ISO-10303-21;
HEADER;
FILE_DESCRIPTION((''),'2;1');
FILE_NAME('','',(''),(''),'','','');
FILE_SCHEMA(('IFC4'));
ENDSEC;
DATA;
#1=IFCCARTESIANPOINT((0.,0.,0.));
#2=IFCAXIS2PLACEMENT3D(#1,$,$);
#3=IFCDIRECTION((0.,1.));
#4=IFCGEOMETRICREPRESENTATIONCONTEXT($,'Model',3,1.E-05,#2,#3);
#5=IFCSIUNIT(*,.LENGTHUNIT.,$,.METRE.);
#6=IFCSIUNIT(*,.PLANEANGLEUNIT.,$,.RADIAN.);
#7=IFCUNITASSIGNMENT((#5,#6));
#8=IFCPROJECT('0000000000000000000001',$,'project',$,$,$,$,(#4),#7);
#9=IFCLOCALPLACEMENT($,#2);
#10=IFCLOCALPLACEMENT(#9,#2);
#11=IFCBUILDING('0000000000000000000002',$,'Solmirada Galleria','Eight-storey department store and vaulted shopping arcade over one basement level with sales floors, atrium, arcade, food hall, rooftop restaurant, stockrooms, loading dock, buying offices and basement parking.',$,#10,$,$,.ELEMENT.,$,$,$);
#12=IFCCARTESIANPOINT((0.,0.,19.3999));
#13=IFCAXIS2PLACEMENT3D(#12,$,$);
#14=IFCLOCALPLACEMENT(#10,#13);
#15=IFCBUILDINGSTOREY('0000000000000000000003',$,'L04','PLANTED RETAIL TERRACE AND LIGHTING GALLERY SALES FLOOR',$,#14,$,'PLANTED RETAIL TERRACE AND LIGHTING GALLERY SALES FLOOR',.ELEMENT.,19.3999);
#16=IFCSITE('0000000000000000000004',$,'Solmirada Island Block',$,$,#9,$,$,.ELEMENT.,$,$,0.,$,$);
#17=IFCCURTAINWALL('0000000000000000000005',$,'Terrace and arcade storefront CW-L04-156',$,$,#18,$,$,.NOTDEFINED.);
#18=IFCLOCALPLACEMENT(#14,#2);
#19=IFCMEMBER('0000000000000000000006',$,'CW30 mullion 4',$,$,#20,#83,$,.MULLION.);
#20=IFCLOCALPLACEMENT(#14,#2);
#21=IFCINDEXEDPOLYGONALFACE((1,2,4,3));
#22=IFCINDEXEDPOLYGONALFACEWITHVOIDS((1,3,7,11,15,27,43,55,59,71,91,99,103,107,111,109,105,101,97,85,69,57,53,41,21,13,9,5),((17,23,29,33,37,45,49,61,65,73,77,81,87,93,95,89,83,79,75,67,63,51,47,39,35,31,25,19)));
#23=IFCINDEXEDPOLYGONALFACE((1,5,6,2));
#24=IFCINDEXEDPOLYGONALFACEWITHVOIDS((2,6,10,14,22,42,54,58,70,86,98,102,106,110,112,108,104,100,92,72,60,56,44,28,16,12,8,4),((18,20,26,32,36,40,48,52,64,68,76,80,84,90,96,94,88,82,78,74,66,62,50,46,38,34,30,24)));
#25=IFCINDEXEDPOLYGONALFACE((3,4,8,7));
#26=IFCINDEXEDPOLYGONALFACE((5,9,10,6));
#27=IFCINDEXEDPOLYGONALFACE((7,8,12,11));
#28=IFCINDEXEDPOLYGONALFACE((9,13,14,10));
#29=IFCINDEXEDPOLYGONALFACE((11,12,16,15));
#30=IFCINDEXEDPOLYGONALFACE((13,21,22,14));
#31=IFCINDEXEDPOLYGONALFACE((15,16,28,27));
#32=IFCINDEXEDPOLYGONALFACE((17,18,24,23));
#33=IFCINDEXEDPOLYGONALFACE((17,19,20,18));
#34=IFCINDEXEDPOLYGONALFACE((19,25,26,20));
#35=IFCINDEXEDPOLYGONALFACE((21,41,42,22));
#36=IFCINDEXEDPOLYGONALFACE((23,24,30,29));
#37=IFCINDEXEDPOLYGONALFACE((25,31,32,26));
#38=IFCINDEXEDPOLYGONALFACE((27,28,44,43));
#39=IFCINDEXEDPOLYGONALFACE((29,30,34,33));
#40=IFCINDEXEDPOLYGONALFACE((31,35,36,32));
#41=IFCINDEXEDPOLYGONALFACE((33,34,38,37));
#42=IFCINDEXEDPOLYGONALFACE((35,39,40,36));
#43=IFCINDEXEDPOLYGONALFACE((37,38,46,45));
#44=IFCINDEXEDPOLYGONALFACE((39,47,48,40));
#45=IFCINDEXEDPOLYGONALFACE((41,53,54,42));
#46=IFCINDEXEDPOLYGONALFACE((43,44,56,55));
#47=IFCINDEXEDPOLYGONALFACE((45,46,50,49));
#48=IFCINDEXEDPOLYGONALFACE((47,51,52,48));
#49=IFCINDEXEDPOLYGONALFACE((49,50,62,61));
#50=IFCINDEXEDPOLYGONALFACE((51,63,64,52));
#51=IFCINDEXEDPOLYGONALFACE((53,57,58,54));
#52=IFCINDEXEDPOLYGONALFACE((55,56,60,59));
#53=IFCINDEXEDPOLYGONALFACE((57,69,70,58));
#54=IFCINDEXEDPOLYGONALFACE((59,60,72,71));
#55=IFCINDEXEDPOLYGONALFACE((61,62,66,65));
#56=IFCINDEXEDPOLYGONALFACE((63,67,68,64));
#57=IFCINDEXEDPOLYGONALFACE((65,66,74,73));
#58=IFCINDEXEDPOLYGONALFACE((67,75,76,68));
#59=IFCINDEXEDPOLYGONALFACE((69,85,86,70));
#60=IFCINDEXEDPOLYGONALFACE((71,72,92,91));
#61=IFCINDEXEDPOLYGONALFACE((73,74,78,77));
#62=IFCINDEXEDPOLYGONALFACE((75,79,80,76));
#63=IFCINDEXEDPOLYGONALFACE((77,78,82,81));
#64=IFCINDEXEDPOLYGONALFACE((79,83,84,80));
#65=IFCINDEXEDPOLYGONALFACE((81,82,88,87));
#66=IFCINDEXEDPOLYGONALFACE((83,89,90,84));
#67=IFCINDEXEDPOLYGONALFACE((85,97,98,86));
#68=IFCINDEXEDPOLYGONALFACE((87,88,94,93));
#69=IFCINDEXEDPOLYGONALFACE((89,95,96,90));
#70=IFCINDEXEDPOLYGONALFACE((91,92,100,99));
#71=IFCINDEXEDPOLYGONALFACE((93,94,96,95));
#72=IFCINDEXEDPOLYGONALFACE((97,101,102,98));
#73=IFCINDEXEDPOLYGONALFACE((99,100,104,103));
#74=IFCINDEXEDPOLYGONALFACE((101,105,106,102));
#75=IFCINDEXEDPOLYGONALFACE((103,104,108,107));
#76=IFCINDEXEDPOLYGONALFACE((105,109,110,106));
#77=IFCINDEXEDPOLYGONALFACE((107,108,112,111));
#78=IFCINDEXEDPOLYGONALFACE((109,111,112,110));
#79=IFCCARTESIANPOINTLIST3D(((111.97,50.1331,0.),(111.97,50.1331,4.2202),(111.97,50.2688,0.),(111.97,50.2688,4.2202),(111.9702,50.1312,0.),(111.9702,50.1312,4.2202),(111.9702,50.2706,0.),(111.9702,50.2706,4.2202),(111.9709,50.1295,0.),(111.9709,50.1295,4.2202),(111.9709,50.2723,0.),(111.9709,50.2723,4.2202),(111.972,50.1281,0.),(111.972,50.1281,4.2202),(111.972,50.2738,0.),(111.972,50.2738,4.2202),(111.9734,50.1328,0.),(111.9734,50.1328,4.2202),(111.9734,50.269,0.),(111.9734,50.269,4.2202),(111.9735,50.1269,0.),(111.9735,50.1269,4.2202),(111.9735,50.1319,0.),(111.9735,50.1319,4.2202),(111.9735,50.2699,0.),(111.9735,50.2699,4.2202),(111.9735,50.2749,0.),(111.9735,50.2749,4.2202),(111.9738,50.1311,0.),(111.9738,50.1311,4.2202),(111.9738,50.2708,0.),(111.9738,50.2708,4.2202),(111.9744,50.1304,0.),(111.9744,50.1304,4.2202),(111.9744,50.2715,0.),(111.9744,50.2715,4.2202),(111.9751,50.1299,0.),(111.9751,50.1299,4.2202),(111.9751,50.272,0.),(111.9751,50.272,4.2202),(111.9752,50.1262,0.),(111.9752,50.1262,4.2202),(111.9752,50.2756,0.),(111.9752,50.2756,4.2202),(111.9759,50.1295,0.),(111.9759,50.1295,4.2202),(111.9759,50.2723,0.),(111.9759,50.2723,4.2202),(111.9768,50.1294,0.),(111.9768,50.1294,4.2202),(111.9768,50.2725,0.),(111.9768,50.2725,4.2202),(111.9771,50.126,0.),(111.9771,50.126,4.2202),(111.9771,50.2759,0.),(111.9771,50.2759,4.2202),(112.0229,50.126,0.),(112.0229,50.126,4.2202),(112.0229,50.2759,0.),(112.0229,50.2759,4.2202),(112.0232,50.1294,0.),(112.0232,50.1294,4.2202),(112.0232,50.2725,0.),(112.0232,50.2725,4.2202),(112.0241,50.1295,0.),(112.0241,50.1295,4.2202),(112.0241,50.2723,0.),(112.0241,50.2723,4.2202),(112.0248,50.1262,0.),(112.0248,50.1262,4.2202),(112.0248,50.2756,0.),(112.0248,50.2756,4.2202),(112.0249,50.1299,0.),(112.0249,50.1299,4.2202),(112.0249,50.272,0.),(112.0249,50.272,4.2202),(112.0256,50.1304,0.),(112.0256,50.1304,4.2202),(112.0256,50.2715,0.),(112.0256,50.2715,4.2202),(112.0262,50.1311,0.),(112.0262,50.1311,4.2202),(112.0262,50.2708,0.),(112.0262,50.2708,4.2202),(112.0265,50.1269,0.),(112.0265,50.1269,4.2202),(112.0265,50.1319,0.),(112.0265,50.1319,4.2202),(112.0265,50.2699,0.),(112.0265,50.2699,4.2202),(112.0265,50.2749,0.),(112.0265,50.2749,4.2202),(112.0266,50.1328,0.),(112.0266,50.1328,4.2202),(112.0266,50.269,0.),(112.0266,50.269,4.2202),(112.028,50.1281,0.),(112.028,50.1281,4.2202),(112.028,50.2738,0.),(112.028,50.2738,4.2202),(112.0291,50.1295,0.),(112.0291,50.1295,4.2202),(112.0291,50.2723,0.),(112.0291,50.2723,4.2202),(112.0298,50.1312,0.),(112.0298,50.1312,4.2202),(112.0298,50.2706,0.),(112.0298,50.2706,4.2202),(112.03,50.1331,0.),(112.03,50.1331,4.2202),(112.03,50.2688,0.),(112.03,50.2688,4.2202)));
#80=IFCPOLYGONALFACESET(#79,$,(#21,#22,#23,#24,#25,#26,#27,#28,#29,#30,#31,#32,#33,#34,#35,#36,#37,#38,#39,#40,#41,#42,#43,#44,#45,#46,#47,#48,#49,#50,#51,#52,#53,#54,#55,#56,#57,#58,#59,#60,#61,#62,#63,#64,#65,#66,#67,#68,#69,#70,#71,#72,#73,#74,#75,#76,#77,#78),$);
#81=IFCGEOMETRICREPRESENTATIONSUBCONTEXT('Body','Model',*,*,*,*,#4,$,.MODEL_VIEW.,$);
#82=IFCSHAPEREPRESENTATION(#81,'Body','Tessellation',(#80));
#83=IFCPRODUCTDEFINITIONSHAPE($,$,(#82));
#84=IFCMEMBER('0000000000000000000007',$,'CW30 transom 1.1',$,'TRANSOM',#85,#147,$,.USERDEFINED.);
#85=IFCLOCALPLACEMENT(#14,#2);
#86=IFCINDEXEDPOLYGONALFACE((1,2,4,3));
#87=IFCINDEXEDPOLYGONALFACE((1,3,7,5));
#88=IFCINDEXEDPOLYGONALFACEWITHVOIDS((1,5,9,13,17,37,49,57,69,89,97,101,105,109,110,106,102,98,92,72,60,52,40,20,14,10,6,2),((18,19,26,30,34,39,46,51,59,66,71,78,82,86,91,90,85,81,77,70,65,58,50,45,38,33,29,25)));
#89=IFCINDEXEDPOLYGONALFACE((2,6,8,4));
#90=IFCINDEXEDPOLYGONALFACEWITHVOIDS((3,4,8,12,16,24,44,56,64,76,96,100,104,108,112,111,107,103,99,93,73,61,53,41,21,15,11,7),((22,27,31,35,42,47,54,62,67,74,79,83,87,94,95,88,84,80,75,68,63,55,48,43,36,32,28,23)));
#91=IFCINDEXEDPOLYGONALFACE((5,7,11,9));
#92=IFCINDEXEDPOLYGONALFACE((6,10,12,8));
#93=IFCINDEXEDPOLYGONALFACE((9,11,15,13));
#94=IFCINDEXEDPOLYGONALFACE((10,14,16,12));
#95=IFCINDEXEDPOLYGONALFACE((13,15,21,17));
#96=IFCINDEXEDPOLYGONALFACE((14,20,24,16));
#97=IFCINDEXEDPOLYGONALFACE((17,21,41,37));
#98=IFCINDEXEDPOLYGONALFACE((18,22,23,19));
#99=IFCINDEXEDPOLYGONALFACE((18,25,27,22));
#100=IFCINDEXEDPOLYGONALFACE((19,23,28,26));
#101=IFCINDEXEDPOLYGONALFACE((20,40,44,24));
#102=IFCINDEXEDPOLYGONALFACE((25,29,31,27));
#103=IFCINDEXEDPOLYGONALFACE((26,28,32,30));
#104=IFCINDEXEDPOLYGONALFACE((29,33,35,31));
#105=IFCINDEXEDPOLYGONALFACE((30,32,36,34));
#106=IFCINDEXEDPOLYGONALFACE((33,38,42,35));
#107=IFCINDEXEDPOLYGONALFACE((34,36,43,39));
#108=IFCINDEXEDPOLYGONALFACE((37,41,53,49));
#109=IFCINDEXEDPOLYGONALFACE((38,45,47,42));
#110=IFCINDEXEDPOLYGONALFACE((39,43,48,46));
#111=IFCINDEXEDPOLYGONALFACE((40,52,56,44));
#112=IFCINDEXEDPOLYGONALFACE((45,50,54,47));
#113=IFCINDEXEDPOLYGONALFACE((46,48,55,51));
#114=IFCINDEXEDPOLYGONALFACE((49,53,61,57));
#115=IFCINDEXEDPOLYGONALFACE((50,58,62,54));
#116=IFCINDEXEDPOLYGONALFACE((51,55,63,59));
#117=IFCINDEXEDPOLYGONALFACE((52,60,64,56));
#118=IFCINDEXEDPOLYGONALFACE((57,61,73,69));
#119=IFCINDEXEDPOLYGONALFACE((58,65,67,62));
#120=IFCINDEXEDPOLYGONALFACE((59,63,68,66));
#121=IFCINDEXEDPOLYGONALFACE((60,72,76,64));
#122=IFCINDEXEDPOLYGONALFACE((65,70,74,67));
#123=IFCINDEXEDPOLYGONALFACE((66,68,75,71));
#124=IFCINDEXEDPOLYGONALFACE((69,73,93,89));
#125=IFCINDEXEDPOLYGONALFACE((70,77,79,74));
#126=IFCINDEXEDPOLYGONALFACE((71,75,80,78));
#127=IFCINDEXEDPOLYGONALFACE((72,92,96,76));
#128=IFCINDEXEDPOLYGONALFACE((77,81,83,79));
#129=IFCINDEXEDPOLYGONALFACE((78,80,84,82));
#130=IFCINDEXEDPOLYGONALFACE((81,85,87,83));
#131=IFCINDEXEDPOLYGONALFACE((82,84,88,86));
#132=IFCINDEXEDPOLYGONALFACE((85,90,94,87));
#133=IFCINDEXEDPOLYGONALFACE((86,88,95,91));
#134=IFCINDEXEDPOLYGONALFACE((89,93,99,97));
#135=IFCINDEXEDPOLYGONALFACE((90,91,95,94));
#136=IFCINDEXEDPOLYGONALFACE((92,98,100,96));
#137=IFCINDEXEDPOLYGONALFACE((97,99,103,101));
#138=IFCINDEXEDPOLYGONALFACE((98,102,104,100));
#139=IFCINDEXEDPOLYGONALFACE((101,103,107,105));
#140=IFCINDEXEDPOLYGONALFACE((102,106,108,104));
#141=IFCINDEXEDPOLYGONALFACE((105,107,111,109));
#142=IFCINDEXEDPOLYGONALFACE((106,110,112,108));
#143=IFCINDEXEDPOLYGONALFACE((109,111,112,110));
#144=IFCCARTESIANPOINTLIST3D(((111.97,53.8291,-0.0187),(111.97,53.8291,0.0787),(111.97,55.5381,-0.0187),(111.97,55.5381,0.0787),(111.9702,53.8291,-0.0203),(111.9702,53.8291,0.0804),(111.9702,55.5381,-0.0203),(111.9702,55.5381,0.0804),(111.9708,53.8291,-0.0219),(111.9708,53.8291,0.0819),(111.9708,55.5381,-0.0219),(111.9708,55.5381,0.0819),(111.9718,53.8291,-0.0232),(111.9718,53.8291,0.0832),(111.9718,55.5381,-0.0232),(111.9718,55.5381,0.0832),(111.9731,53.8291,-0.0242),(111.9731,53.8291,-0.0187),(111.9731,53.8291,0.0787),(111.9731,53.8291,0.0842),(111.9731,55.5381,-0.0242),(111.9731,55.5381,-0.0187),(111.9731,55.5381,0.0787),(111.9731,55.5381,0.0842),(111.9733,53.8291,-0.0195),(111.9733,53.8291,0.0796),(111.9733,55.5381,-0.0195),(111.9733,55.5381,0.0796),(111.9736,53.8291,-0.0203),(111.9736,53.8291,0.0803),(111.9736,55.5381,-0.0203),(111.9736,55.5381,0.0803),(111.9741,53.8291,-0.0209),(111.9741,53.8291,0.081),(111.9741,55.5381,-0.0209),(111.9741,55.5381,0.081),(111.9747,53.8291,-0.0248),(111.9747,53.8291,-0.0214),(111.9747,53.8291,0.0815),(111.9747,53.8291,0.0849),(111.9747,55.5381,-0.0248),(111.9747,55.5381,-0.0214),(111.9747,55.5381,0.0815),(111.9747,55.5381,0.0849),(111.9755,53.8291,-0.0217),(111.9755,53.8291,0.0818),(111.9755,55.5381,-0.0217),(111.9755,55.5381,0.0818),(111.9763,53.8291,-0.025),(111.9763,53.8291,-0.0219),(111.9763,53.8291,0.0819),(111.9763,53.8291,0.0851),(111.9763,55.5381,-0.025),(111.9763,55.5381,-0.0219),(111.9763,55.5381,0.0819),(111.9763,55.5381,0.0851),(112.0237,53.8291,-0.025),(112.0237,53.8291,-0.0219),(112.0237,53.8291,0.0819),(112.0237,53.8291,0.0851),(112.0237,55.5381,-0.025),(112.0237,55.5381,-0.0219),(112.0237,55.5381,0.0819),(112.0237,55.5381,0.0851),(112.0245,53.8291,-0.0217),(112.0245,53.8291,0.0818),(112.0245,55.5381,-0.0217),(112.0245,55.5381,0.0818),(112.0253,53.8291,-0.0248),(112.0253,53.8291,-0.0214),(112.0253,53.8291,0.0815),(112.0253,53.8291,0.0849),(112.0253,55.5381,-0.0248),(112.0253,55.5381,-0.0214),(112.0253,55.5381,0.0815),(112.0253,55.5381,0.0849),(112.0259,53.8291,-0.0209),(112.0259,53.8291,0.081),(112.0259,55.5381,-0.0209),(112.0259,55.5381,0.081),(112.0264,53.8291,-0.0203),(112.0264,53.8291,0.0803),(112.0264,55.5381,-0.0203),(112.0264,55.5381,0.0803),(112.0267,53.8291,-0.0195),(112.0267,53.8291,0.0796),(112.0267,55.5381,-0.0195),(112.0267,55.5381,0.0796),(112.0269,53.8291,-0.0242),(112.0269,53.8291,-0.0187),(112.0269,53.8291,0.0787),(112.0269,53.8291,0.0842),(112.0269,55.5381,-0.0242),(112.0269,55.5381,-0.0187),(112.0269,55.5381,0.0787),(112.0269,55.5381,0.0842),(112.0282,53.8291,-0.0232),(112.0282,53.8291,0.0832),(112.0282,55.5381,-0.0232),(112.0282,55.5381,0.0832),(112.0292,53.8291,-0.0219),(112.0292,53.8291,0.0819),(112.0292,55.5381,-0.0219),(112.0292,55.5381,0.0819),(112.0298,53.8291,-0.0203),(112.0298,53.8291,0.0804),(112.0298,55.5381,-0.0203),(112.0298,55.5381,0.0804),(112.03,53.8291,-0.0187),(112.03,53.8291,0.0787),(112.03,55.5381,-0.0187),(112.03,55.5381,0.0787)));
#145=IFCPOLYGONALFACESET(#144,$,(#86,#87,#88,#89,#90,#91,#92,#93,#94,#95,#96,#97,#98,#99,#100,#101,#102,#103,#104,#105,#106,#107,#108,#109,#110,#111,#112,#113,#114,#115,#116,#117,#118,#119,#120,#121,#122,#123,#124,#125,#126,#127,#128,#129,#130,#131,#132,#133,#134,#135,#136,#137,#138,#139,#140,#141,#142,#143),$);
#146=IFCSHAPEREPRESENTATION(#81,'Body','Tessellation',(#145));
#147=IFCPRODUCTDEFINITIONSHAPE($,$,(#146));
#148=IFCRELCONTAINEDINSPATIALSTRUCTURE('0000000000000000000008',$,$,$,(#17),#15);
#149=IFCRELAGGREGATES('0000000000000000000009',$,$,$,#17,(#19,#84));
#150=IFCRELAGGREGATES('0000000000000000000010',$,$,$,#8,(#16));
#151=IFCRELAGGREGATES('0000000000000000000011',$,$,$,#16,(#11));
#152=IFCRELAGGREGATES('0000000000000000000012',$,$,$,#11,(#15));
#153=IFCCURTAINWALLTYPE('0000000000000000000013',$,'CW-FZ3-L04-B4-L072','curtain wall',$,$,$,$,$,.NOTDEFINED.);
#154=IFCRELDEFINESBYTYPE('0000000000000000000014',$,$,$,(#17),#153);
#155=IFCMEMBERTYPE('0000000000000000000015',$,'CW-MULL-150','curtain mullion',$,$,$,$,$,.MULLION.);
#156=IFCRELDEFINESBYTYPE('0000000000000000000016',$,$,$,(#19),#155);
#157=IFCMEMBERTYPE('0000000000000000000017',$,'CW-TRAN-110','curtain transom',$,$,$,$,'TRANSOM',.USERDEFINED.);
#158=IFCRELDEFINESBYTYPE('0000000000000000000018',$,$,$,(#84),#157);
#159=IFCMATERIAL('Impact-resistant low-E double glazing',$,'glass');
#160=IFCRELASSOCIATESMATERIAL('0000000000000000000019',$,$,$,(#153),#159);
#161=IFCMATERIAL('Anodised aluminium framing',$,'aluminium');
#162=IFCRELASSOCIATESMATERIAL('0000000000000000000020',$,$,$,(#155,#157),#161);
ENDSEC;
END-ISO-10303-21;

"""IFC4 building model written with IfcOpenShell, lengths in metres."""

from ifc_helpers import new_model, si_unit, direction, frame, origin, origin_2d, place, context, subcontext, project, spatial, hollow_rectangle, extrude, material, material_profile, profile_set, type_object, element, aggregate, save


model = new_model("IFC4")

# Units and contexts
model_context = context("Model", 3, precision=1e-05, world=origin(), true_north=direction((0.0, 1.0)))
body_context = subcontext(model_context, "Body", "Model", "MODEL_VIEW")
ifc_project = project(units=[si_unit("LENGTHUNIT", "METRE"), si_unit("PLANEANGLEUNIT", "RADIAN")], contexts=[model_context])

# Site, building, storey
site_placement = place(None, origin())
site = spatial("IfcSite", under=ifc_project, at=site_placement, Name="Solmirada Island Block", CompositionType="ELEMENT", RefElevation=0.0)
building_placement = place(site_placement, origin())
building = spatial("IfcBuilding", under=site, at=building_placement, Name="Solmirada Galleria", Description="Eight-storey department store and vaulted shopping arcade over one basement level with sales floors, atrium, arcade, food hall, rooftop restaurant, stockrooms, loading dock, buying offices and basement parking.", CompositionType="ELEMENT")
storey_placement = place(building_placement, frame((0.0, 0.0, 19.3999)))
storey = spatial("IfcBuildingStorey", under=building, at=storey_placement, Name="L04", Description="PLANTED RETAIL TERRACE AND LIGHTING GALLERY SALES FLOOR", LongName="PLANTED RETAIL TERRACE AND LIGHTING GALLERY SALES FLOOR", CompositionType="ELEMENT", Elevation=19.3999)

# Curtain wall, members
ifc_material_1 = material(Name="Impact-resistant low-E double glazing", Category="glass")
curtain_wall_type = type_object("IfcCurtainWallType", Name="CW-FZ3-L04-B4-L072", Description="curtain wall", PredefinedType="NOTDEFINED", material=ifc_material_1)
curtain_wall_placement = place(storey_placement, origin())
curtain_wall = element("IfcCurtainWall", 1, at=curtain_wall_placement, inside=storey, type_object=curtain_wall_type, Name="Terrace and arcade storefront CW-L04-156", PredefinedType="NOTDEFINED")
ifc_material_2 = material(Name="Anodised aluminium framing", Category="aluminium")
ifc_material_profile_1 = material_profile(ifc_material_2, hollow_rectangle(XDim=0.0601, YDim=0.1499, WallThickness=0.0034, InnerFilletRadius=0.0034, OuterFilletRadius=0.0071, at=origin_2d()), Name="ALU-MULL-150X60")
ifc_profile_set_1 = profile_set([ifc_material_profile_1], Name="Anodised aluminium framing")
member_type_1 = type_object("IfcMemberType", Name="CW-MULL-150", Description="curtain mullion", PredefinedType="MULLION", material=ifc_profile_set_1)
member_1_placement = place(storey_placement, frame((112.0, 50.2009, 0.0), z_axis=(0.0, 0.0, 1.0), x_axis=(1.0, 0.0, 0.0)))
member_1 = element("IfcMember", 2, at=member_1_placement, type_object=member_type_1, Name="CW30 mullion 4", PredefinedType="MULLION", context=body_context, shape_type="SweptSolid", body=[
    extrude(hollow_rectangle(XDim=0.0601, YDim=0.1499, WallThickness=0.0034, InnerFilletRadius=0.0034, OuterFilletRadius=0.0071, at=origin_2d()), origin(), (0.0, 0.0, 1.0), 4.2202),
])
ifc_material_profile_2 = material_profile(ifc_material_2, hollow_rectangle(XDim=0.0601, YDim=0.1101, WallThickness=0.0032, InnerFilletRadius=0.0032, OuterFilletRadius=0.0063, at=origin_2d()), Name="ALU-TRAN-110X60")
ifc_profile_set_2 = profile_set([ifc_material_profile_2], Name="Anodised aluminium framing")
member_type_2 = type_object("IfcMemberType", Name="CW-TRAN-110", Description="curtain transom", ElementType="TRANSOM", PredefinedType="USERDEFINED", material=ifc_profile_set_2)
member_2_placement = place(storey_placement, frame((112.0, 55.5381, 0.03), z_axis=(0.0, -1.0, 0.0), x_axis=(1.0, 0.0, 0.0)))
member_2 = element("IfcMember", 3, at=member_2_placement, type_object=member_type_2, Name="CW30 transom 1.1", ObjectType="TRANSOM", PredefinedType="USERDEFINED", context=body_context, shape_type="SweptSolid", body=[
    extrude(hollow_rectangle(XDim=0.0601, YDim=0.1101, WallThickness=0.0032, InnerFilletRadius=0.0032, OuterFilletRadius=0.0063, at=origin_2d()), origin(), (0.0, 0.0, 1.0), 1.709),
])
aggregate(curtain_wall, [member_1, member_2])

save(model, "model.ifc")
